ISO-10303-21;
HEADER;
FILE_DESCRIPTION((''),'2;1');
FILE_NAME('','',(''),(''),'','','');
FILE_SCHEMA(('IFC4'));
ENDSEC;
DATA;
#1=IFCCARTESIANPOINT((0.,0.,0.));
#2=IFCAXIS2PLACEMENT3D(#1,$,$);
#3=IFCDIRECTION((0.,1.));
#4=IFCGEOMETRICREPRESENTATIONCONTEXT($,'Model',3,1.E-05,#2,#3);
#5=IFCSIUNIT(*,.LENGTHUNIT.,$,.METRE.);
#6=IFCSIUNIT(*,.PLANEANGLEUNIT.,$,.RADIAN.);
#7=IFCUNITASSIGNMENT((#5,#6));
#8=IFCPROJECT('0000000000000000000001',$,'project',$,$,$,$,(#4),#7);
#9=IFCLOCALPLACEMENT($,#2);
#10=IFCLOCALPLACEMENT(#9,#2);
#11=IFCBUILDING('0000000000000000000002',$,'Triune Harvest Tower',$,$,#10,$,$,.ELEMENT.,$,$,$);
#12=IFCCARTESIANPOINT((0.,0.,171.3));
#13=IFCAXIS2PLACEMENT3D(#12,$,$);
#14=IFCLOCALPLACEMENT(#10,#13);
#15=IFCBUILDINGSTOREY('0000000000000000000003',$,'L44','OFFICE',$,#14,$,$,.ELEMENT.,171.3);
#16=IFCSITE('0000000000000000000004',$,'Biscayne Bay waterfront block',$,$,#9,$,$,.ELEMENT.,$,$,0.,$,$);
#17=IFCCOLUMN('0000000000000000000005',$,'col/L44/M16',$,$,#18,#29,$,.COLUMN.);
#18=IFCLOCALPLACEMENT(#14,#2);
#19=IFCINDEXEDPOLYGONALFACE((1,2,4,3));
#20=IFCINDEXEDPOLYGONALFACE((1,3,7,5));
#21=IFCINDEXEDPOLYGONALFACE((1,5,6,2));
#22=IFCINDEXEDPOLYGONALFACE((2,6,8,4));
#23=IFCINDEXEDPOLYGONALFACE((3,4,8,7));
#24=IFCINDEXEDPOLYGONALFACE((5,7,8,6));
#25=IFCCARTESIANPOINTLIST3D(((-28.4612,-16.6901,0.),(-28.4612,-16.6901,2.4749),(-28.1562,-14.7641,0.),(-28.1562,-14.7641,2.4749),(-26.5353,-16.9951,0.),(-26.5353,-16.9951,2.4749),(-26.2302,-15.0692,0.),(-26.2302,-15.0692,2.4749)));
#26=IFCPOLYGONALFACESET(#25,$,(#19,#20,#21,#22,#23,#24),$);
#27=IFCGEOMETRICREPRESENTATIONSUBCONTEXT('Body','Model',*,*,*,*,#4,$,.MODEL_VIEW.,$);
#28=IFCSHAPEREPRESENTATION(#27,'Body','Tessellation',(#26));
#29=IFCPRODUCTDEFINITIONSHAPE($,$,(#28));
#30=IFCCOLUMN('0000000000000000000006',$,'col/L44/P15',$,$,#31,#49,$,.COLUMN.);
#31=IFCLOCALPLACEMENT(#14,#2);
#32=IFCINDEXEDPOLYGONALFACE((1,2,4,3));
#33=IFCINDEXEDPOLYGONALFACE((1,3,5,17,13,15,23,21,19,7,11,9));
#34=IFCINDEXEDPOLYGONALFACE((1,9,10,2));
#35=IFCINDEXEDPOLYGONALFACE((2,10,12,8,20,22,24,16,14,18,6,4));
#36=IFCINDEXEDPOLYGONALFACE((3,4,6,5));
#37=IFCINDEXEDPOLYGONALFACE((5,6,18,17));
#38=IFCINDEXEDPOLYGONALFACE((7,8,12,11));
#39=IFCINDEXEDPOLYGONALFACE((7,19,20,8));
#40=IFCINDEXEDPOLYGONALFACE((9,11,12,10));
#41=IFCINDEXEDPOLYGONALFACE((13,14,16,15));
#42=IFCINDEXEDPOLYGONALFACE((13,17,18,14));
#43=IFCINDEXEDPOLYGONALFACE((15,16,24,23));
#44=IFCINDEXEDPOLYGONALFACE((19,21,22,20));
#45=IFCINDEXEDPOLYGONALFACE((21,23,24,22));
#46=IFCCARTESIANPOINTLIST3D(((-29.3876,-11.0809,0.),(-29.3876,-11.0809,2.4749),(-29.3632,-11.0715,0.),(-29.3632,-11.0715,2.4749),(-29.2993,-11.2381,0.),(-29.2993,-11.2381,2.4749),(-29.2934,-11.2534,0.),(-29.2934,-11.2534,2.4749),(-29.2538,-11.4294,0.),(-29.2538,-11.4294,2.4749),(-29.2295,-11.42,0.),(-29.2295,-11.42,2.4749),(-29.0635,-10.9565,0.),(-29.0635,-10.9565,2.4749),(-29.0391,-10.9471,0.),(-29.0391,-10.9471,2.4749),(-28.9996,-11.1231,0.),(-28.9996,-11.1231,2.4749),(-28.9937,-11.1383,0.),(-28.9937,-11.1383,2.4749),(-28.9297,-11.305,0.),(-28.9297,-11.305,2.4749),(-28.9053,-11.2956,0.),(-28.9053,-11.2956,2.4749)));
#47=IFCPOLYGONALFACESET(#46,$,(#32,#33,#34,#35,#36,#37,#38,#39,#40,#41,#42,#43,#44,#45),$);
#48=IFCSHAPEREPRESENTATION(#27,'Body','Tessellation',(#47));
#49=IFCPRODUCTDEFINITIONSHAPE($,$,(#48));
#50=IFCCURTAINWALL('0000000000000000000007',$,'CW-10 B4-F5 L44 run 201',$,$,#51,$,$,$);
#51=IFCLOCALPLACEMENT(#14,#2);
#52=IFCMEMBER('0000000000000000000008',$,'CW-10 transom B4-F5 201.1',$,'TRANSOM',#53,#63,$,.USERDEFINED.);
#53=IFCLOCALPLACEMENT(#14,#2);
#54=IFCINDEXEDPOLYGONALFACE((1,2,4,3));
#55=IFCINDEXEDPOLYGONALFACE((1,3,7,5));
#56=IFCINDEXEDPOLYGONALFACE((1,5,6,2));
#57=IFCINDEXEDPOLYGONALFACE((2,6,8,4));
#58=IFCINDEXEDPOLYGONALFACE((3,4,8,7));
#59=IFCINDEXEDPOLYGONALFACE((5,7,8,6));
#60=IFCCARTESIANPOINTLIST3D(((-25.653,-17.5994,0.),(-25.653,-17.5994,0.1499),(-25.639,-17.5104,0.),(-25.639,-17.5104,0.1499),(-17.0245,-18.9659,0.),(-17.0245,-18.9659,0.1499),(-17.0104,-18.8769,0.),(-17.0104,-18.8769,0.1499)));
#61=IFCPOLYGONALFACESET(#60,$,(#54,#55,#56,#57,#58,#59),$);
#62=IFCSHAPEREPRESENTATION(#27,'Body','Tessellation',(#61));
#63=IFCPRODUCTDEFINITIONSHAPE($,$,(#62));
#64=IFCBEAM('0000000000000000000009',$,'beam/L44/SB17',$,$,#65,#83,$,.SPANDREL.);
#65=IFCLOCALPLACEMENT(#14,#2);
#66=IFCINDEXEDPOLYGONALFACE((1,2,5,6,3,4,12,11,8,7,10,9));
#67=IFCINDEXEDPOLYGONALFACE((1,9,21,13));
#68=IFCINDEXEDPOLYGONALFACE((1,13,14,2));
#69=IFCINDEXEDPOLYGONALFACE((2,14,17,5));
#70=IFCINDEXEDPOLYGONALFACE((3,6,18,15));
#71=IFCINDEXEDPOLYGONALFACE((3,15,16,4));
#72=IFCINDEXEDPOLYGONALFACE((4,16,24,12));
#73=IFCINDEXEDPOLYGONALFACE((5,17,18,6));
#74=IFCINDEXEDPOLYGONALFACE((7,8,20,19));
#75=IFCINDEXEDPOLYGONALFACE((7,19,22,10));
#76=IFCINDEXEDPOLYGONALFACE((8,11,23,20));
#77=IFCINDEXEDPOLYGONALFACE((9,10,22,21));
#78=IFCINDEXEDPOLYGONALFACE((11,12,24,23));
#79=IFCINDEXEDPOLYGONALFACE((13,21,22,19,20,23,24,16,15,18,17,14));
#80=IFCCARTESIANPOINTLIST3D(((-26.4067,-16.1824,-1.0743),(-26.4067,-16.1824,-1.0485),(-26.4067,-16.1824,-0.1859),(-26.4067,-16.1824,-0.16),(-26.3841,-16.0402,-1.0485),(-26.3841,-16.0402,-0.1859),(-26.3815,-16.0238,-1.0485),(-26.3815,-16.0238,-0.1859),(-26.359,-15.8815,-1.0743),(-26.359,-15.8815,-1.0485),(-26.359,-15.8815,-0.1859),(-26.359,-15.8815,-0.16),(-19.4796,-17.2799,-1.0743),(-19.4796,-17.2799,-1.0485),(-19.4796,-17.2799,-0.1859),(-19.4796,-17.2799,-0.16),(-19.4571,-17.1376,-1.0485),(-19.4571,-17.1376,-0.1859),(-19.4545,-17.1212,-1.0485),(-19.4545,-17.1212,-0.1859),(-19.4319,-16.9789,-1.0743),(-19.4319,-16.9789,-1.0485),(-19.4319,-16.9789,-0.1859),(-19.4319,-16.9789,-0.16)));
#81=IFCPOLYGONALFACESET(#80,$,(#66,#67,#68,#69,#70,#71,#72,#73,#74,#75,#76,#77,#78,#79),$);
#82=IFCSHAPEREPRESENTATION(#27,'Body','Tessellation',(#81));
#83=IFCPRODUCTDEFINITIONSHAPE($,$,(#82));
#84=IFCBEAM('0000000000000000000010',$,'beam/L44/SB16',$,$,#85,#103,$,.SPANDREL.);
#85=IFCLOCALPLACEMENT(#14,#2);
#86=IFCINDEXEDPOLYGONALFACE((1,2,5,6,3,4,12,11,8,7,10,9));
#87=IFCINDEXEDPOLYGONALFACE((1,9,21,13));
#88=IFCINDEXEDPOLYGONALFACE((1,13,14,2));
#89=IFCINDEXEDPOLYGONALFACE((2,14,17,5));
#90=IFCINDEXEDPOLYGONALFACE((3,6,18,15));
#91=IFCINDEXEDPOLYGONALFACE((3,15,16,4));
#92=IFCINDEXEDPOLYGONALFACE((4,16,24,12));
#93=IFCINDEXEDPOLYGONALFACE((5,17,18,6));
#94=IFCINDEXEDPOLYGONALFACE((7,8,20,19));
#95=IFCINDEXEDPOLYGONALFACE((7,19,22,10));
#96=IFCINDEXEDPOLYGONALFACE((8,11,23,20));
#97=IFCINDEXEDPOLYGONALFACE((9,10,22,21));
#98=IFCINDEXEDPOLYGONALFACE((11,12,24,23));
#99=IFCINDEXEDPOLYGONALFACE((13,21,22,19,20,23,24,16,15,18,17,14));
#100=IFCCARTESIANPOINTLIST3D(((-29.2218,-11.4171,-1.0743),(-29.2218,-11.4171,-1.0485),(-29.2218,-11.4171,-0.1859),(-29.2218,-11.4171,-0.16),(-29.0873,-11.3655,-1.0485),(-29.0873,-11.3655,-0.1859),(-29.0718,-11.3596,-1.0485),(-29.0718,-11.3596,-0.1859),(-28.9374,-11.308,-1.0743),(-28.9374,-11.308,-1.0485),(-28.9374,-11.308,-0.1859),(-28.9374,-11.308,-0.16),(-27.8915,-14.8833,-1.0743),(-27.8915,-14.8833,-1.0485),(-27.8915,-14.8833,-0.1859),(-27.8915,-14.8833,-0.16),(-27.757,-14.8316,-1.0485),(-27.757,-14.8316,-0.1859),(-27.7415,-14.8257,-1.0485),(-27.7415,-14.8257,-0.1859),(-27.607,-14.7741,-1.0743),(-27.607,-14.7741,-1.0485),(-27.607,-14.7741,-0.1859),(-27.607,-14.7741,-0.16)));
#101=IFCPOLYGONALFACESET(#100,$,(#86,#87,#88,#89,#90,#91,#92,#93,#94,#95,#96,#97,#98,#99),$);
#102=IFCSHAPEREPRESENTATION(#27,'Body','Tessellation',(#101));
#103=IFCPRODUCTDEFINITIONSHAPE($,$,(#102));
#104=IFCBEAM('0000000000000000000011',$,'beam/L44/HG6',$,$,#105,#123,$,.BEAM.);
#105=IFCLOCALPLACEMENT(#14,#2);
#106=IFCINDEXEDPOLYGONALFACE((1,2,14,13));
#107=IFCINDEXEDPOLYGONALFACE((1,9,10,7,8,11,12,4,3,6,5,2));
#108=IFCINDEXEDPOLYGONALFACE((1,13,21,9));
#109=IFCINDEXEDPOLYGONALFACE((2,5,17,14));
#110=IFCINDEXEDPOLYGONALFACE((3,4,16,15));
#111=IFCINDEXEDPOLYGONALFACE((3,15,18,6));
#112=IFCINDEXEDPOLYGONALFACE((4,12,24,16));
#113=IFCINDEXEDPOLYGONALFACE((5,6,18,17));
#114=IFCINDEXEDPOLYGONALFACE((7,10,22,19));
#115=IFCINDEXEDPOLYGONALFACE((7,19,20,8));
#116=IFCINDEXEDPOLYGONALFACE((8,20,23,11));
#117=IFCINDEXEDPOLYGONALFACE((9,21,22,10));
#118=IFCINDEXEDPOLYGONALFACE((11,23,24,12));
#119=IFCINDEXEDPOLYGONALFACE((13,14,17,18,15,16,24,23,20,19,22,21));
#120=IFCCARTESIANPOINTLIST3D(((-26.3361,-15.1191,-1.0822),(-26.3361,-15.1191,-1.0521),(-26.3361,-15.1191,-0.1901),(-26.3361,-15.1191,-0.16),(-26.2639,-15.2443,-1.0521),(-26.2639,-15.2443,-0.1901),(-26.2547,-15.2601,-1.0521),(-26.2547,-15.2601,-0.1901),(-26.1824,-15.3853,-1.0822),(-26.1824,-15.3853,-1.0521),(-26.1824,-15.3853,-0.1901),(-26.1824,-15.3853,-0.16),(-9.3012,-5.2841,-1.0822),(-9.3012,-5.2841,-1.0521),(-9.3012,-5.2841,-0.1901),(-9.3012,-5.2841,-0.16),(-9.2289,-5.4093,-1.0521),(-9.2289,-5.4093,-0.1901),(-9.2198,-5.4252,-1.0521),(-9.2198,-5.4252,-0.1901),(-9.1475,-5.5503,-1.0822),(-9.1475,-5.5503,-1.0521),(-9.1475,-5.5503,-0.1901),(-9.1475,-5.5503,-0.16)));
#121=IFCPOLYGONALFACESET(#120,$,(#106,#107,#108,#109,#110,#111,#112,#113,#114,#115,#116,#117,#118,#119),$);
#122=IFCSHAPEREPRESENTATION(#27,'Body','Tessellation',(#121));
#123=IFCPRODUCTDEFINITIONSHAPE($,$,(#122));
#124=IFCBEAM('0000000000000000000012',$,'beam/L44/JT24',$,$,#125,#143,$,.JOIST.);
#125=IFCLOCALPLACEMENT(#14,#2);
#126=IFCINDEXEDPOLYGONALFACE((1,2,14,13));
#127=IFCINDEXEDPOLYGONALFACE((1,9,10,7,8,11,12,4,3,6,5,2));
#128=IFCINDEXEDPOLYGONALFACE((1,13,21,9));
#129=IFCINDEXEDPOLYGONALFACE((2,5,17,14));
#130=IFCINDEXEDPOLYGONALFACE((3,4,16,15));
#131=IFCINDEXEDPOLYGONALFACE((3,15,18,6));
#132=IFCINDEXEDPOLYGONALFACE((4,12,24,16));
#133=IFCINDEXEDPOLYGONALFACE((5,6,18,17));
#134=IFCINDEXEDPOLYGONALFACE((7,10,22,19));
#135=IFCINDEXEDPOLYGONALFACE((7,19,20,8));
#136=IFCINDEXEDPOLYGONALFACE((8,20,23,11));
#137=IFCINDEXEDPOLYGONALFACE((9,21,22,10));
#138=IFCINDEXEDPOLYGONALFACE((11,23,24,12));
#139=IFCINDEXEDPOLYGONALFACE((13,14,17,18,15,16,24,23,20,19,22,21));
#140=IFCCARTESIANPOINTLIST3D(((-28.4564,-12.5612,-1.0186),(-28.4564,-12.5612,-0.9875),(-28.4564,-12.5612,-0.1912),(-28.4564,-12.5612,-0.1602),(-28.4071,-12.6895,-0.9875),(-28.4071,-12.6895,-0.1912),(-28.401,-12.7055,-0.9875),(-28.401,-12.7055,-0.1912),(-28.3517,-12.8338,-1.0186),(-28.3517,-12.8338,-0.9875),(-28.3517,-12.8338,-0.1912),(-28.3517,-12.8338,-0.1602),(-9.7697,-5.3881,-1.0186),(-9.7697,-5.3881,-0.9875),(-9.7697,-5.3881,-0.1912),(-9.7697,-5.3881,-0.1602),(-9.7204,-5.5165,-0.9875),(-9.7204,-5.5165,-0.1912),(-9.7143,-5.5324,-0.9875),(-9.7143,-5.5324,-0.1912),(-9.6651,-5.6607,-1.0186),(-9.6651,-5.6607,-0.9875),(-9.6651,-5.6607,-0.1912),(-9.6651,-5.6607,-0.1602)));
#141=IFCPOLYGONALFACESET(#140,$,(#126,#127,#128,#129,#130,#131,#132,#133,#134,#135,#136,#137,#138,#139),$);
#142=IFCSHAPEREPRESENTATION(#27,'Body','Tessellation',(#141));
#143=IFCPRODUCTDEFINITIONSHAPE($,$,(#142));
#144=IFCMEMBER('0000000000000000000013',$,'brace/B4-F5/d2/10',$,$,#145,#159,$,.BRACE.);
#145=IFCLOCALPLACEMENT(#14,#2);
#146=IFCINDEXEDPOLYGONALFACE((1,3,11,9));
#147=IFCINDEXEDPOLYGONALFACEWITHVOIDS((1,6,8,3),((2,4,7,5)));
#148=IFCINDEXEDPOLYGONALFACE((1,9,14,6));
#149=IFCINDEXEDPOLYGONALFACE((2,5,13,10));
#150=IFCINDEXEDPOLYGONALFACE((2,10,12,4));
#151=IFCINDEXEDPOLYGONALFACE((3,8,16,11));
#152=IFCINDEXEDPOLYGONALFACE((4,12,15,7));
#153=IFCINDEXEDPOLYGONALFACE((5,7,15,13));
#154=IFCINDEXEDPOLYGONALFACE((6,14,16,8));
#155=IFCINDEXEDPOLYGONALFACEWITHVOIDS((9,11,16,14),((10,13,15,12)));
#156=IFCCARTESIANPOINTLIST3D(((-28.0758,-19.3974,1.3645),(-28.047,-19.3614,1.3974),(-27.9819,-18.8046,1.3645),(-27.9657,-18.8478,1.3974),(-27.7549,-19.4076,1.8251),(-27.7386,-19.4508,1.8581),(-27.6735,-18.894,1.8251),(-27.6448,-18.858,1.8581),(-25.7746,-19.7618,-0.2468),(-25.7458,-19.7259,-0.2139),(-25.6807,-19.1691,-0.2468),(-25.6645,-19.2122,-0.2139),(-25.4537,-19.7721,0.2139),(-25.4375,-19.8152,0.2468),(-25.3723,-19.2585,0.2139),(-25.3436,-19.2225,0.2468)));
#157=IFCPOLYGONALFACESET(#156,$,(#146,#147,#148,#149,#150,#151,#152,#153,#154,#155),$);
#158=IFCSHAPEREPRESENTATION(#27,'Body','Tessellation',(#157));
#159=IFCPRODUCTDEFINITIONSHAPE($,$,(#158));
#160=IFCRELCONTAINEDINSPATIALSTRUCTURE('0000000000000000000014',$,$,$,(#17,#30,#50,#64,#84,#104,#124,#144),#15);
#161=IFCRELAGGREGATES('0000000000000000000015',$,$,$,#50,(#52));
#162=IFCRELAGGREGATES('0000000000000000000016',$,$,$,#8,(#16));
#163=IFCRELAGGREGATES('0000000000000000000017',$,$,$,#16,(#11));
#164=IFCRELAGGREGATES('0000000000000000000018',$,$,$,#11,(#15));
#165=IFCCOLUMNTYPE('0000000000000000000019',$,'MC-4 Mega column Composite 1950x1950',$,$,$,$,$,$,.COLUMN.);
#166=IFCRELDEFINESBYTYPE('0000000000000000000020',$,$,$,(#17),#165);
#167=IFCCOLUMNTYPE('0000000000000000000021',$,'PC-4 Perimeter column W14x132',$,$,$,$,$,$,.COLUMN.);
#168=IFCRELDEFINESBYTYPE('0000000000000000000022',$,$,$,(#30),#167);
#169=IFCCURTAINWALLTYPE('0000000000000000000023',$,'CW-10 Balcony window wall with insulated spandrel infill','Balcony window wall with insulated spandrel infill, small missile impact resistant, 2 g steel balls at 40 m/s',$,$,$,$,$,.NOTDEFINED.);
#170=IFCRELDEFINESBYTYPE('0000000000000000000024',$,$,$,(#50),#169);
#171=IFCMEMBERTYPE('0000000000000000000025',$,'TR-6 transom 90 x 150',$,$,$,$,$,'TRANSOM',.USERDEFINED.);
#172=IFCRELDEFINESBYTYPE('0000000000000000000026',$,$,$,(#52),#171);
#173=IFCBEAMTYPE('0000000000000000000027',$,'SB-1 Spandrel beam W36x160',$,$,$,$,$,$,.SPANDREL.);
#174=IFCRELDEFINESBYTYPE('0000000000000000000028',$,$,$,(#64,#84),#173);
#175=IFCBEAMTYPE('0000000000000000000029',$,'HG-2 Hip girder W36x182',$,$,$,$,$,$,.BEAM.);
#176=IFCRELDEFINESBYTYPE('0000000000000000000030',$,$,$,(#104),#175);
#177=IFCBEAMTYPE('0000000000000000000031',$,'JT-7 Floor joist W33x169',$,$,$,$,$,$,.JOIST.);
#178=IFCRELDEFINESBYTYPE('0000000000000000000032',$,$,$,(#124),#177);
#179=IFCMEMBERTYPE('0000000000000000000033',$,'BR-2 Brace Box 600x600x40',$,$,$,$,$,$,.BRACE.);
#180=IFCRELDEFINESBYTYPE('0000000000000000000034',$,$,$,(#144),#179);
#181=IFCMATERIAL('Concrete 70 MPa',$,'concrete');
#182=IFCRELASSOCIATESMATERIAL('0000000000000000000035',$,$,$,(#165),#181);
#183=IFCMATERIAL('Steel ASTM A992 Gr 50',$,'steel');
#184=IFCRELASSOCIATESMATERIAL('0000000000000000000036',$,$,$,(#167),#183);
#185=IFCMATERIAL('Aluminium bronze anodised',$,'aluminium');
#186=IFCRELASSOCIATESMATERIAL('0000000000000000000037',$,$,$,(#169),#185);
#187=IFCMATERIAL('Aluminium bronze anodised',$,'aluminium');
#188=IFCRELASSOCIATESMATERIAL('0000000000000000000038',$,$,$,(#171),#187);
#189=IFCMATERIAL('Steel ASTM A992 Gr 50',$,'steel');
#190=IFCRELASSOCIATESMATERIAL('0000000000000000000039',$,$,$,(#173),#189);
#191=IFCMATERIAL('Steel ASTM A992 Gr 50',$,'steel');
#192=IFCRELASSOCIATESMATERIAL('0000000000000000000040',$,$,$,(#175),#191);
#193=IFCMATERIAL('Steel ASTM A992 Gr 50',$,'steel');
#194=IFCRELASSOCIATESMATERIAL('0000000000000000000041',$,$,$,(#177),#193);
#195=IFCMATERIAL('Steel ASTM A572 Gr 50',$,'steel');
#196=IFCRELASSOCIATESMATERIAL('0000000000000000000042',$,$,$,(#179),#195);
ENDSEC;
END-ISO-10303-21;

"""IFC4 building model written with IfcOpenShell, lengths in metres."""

from ifc_helpers import new_model, si_unit, direction, frame, origin, origin_2d, place, context, subcontext, project, spatial, rectangle, hollow_rectangle, i_section, extrude, source, transform, mapped, material, material_profile, profile_set, type_object, element, aggregate, save


model = new_model("IFC4")

# Units and contexts
model_context = context("Model", 3, precision=1e-05, world=origin(), true_north=direction((0.0, 1.0)))
body_context = subcontext(model_context, "Body", "Model", "MODEL_VIEW")
ifc_project = project(units=[si_unit("LENGTHUNIT", "METRE"), si_unit("PLANEANGLEUNIT", "RADIAN")], contexts=[model_context])

# Site, building, storey
site_placement = place(None, origin())
site = spatial("IfcSite", under=ifc_project, at=site_placement, Name="Biscayne Bay waterfront block", CompositionType="ELEMENT", RefElevation=0.0)
building_placement = place(site_placement, origin())
building = spatial("IfcBuilding", under=site, at=building_placement, Name="Triune Harvest Tower", CompositionType="ELEMENT")
storey_placement = place(building_placement, frame((0.0, 0.0, 171.3)))
storey = spatial("IfcBuildingStorey", under=building, at=storey_placement, Name="L44", Description="OFFICE", CompositionType="ELEMENT", Elevation=171.3)

# Columns
ifc_material_1 = material(Name="Concrete 70 MPa", Category="concrete")
ifc_material_profile_1 = material_profile(ifc_material_1, rectangle(XDim=1.95, YDim=1.95, at=origin_2d()), Name="Composite 1950x1950")
ifc_profile_set_1 = profile_set([ifc_material_profile_1], Name="Concrete 70 MPa")
column_type_1 = type_object("IfcColumnType", Name="MC-4 Mega column Composite 1950x1950", PredefinedType="COLUMN", material=ifc_profile_set_1)
shared_shape_1 = source(origin(), body_context, "Body", "SweptSolid", [
    extrude(rectangle(XDim=1.95, YDim=1.95, at=origin_2d()), origin(), (0.0, 0.0, 1.0), 2.4749),
])
column_1_placement = place(storey_placement, frame((-27.3457, -15.8796, 0.0), z_axis=(0.0, 0.0, 1.0), x_axis=(0.987688, -0.156434, 0.0)))
element("IfcColumn", 1, at=column_1_placement, inside=storey, type_object=column_type_1, Name="col/L44/M16", PredefinedType="COLUMN", context=body_context, shape_type="MappedRepresentation", body=[
    mapped(shared_shape_1, transform((0.0, 0.0, 0.0), scale=1.0)),
])
ifc_material_2 = material(Name="Steel ASTM A992 Gr 50", Category="steel")
ifc_material_profile_2 = material_profile(ifc_material_2, i_section(OverallWidth=0.3733, OverallDepth=0.3733, WebThickness=0.0164, FlangeThickness=0.0261, at=origin_2d()), Name="W14x132")
ifc_profile_set_2 = profile_set([ifc_material_profile_2], Name="Steel ASTM A992 Gr 50")
column_type_2 = type_object("IfcColumnType", Name="PC-4 Perimeter column W14x132", PredefinedType="COLUMN", material=ifc_profile_set_2)
shared_shape_2 = source(origin(), body_context, "Body", "SweptSolid", [
    extrude(i_section(OverallWidth=0.3733, OverallDepth=0.3733, WebThickness=0.0164, FlangeThickness=0.0261, at=origin_2d()), origin(), (0.0, 0.0, 1.0), 2.4749),
])
column_2_placement = place(storey_placement, frame((-29.1465, -11.1882, 0.0), z_axis=(0.0, 0.0, 1.0), x_axis=(0.358366, -0.933581, 0.0)))
element("IfcColumn", 2, at=column_2_placement, inside=storey, type_object=column_type_2, Name="col/L44/P15", PredefinedType="COLUMN", context=body_context, shape_type="MappedRepresentation", body=[
    mapped(shared_shape_2, transform((0.0, 0.0, 0.0), scale=1.0)),
])

# Curtain wall, member
ifc_material_3 = material(Name="Aluminium bronze anodised", Category="aluminium")
curtain_wall_type_1 = type_object("IfcCurtainWallType", Name="CW-10 Balcony window wall with insulated spandrel infill", Description="Balcony window wall with insulated spandrel infill, small missile impact resistant, 2 g steel balls at 40 m/s", PredefinedType="NOTDEFINED", material=ifc_material_3)
curtain_wall_1_placement = place(storey_placement, origin())
curtain_wall_1 = element("IfcCurtainWall", 3, at=curtain_wall_1_placement, inside=storey, type_object=curtain_wall_type_1, Name="CW-10 B4-F5 L44 run 201")
ifc_material_4 = material(Name="Aluminium bronze anodised", Category="aluminium")
ifc_material_profile_3 = material_profile(ifc_material_4, rectangle(XDim=0.0901, YDim=0.1499, at=origin_2d()), Name="TR-6 transom 90 x 150")
ifc_profile_set_3 = profile_set([ifc_material_profile_3], Name="Aluminium bronze anodised")
member_type_1 = type_object("IfcMemberType", Name="TR-6 transom 90 x 150", ElementType="TRANSOM", PredefinedType="USERDEFINED", material=ifc_profile_set_3)
member_1_placement = place(storey_placement, frame((-25.646, -17.5549, 0.075), z_axis=(0.987692, -0.156413, 0.0), x_axis=(0.156413, 0.987692, 0.0)))
member_1 = element("IfcMember", 4, at=member_1_placement, type_object=member_type_1, Name="CW-10 transom B4-F5 201.1", ObjectType="TRANSOM", PredefinedType="USERDEFINED", context=body_context, shape_type="SweptSolid", body=[
    extrude(rectangle(XDim=0.0901, YDim=0.1499, at=origin_2d()), origin(), (0.0, 0.0, 1.0), 8.7361),
])

# Beams
ifc_material_5 = material(Name="Steel ASTM A992 Gr 50", Category="steel")
ifc_material_profile_4 = material_profile(ifc_material_5, i_section(OverallWidth=0.3047, OverallDepth=0.9143, WebThickness=0.0166, FlangeThickness=0.0259, at=origin_2d()), Name="W36x160")
ifc_profile_set_4 = profile_set([ifc_material_profile_4], Name="Steel ASTM A992 Gr 50")
beam_type_1 = type_object("IfcBeamType", Name="SB-1 Spandrel beam W36x160", PredefinedType="SPANDREL", material=ifc_profile_set_4)
shared_shape_3 = source(origin(), body_context, "Body", "SweptSolid", [
    extrude(i_section(OverallWidth=0.3047, OverallDepth=0.9143, WebThickness=0.0166, FlangeThickness=0.0259, at=origin_2d()), origin(), (0.0, 0.0, 1.0), 7.0134),
])
beam_1_placement = place(storey_placement, frame((-26.3828, -16.032, -0.6172), z_axis=(0.987682, -0.156474, 0.0), x_axis=(0.156474, 0.987682, 0.0)))
element("IfcBeam", 5, at=beam_1_placement, inside=storey, type_object=beam_type_1, Name="beam/L44/SB17", PredefinedType="SPANDREL", context=body_context, shape_type="MappedRepresentation", body=[
    mapped(shared_shape_3, transform((0.0, 0.0, 0.0), scale=1.0)),
])
shared_shape_4 = source(origin(), body_context, "Body", "SweptSolid", [
    extrude(i_section(OverallWidth=0.3047, OverallDepth=0.9143, WebThickness=0.0166, FlangeThickness=0.0259, at=origin_2d()), origin(), (0.0, 0.0, 1.0), 3.7126),
])
beam_2_placement = place(storey_placement, frame((-29.0796, -11.3625, -0.6172), z_axis=(0.358327, -0.933596, 0.0), x_axis=(0.933596, 0.358327, 0.0)))
element("IfcBeam", 6, at=beam_2_placement, inside=storey, type_object=beam_type_1, Name="beam/L44/SB16", PredefinedType="SPANDREL", context=body_context, shape_type="MappedRepresentation", body=[
    mapped(shared_shape_4, transform((0.0, 0.0, 0.0), scale=1.0)),
])
ifc_material_6 = material(Name="Steel ASTM A992 Gr 50", Category="steel")
ifc_material_profile_5 = material_profile(ifc_material_6, i_section(OverallWidth=0.3074, OverallDepth=0.9221, WebThickness=0.0183, FlangeThickness=0.03, at=origin_2d()), Name="W36x182")
ifc_profile_set_5 = profile_set([ifc_material_profile_5], Name="Steel ASTM A992 Gr 50")
beam_type_2 = type_object("IfcBeamType", Name="HG-2 Hip girder W36x182", PredefinedType="BEAM", material=ifc_profile_set_5)
shared_shape_5 = source(origin(), body_context, "Body", "SweptSolid", [
    extrude(i_section(OverallWidth=0.3074, OverallDepth=0.9221, WebThickness=0.0183, FlangeThickness=0.03, at=origin_2d()), origin(), (0.0, 0.0, 1.0), 19.6702),
])
beam_3_placement = place(storey_placement, frame((-26.2593, -15.2522, -0.6211), z_axis=(0.866029, 0.499994, 0.0), x_axis=(-0.499994, 0.866029, 0.0)))
element("IfcBeam", 7, at=beam_3_placement, inside=storey, type_object=beam_type_2, Name="beam/L44/HG6", PredefinedType="BEAM", context=body_context, shape_type="MappedRepresentation", body=[
    mapped(shared_shape_5, transform((0.0, 0.0, 0.0), scale=1.0)),
])
ifc_material_7 = material(Name="Steel ASTM A992 Gr 50", Category="steel")
ifc_material_profile_6 = material_profile(ifc_material_7, i_section(OverallWidth=0.292, OverallDepth=0.8584, WebThickness=0.0171, FlangeThickness=0.031, at=origin_2d()), Name="W33x169")
ifc_profile_set_6 = profile_set([ifc_material_profile_6], Name="Steel ASTM A992 Gr 50")
beam_type_3 = type_object("IfcBeamType", Name="JT-7 Floor joist W33x169", PredefinedType="JOIST", material=ifc_profile_set_6)
shared_shape_6 = source(origin(), body_context, "Body", "SweptSolid", [
    extrude(i_section(OverallWidth=0.292, OverallDepth=0.8584, WebThickness=0.0171, FlangeThickness=0.031, at=origin_2d()), origin(), (0.0, 0.0, 1.0), 20.0161),
])
beam_4_placement = place(storey_placement, frame((-28.4041, -12.6975, -0.5894), z_axis=(0.933582, 0.358364, 0.0), x_axis=(-0.358364, 0.933582, 0.0)))
element("IfcBeam", 8, at=beam_4_placement, inside=storey, type_object=beam_type_3, Name="beam/L44/JT24", PredefinedType="JOIST", context=body_context, shape_type="MappedRepresentation", body=[
    mapped(shared_shape_6, transform((0.0, 0.0, 0.0), scale=1.0)),
])

# Member
ifc_material_8 = material(Name="Steel ASTM A572 Gr 50", Category="steel")
ifc_material_profile_7 = material_profile(ifc_material_8, hollow_rectangle(XDim=0.6001, YDim=0.6001, WallThickness=0.04, at=origin_2d()), Name="Box 600x600x40")
ifc_profile_set_7 = profile_set([ifc_material_profile_7], Name="Steel ASTM A572 Gr 50")
member_type_2 = type_object("IfcMemberType", Name="BR-2 Brace Box 600x600x40", PredefinedType="BRACE", material=ifc_profile_set_7)
shared_shape_7 = source(origin(), body_context, "Body", "SweptSolid", [
    extrude(hollow_rectangle(XDim=0.6001, YDim=0.6001, WallThickness=0.04, at=origin_2d()), origin(), (0.0, 0.0, 1.0), 2.8328),
])
member_2_placement = place(storey_placement, frame((-25.5591, -19.4922, 0.0), z_axis=(-0.812349, 0.128669, 0.5688), x_axis=(-0.156441, -0.987687, 0.0)))
element("IfcMember", 9, at=member_2_placement, inside=storey, type_object=member_type_2, Name="brace/B4-F5/d2/10", PredefinedType="BRACE", context=body_context, shape_type="MappedRepresentation", body=[
    mapped(shared_shape_7, transform((0.0, 0.0, 0.0), scale=1.0)),
])

aggregate(curtain_wall_1, [member_1])

save(model, "model.ifc")
